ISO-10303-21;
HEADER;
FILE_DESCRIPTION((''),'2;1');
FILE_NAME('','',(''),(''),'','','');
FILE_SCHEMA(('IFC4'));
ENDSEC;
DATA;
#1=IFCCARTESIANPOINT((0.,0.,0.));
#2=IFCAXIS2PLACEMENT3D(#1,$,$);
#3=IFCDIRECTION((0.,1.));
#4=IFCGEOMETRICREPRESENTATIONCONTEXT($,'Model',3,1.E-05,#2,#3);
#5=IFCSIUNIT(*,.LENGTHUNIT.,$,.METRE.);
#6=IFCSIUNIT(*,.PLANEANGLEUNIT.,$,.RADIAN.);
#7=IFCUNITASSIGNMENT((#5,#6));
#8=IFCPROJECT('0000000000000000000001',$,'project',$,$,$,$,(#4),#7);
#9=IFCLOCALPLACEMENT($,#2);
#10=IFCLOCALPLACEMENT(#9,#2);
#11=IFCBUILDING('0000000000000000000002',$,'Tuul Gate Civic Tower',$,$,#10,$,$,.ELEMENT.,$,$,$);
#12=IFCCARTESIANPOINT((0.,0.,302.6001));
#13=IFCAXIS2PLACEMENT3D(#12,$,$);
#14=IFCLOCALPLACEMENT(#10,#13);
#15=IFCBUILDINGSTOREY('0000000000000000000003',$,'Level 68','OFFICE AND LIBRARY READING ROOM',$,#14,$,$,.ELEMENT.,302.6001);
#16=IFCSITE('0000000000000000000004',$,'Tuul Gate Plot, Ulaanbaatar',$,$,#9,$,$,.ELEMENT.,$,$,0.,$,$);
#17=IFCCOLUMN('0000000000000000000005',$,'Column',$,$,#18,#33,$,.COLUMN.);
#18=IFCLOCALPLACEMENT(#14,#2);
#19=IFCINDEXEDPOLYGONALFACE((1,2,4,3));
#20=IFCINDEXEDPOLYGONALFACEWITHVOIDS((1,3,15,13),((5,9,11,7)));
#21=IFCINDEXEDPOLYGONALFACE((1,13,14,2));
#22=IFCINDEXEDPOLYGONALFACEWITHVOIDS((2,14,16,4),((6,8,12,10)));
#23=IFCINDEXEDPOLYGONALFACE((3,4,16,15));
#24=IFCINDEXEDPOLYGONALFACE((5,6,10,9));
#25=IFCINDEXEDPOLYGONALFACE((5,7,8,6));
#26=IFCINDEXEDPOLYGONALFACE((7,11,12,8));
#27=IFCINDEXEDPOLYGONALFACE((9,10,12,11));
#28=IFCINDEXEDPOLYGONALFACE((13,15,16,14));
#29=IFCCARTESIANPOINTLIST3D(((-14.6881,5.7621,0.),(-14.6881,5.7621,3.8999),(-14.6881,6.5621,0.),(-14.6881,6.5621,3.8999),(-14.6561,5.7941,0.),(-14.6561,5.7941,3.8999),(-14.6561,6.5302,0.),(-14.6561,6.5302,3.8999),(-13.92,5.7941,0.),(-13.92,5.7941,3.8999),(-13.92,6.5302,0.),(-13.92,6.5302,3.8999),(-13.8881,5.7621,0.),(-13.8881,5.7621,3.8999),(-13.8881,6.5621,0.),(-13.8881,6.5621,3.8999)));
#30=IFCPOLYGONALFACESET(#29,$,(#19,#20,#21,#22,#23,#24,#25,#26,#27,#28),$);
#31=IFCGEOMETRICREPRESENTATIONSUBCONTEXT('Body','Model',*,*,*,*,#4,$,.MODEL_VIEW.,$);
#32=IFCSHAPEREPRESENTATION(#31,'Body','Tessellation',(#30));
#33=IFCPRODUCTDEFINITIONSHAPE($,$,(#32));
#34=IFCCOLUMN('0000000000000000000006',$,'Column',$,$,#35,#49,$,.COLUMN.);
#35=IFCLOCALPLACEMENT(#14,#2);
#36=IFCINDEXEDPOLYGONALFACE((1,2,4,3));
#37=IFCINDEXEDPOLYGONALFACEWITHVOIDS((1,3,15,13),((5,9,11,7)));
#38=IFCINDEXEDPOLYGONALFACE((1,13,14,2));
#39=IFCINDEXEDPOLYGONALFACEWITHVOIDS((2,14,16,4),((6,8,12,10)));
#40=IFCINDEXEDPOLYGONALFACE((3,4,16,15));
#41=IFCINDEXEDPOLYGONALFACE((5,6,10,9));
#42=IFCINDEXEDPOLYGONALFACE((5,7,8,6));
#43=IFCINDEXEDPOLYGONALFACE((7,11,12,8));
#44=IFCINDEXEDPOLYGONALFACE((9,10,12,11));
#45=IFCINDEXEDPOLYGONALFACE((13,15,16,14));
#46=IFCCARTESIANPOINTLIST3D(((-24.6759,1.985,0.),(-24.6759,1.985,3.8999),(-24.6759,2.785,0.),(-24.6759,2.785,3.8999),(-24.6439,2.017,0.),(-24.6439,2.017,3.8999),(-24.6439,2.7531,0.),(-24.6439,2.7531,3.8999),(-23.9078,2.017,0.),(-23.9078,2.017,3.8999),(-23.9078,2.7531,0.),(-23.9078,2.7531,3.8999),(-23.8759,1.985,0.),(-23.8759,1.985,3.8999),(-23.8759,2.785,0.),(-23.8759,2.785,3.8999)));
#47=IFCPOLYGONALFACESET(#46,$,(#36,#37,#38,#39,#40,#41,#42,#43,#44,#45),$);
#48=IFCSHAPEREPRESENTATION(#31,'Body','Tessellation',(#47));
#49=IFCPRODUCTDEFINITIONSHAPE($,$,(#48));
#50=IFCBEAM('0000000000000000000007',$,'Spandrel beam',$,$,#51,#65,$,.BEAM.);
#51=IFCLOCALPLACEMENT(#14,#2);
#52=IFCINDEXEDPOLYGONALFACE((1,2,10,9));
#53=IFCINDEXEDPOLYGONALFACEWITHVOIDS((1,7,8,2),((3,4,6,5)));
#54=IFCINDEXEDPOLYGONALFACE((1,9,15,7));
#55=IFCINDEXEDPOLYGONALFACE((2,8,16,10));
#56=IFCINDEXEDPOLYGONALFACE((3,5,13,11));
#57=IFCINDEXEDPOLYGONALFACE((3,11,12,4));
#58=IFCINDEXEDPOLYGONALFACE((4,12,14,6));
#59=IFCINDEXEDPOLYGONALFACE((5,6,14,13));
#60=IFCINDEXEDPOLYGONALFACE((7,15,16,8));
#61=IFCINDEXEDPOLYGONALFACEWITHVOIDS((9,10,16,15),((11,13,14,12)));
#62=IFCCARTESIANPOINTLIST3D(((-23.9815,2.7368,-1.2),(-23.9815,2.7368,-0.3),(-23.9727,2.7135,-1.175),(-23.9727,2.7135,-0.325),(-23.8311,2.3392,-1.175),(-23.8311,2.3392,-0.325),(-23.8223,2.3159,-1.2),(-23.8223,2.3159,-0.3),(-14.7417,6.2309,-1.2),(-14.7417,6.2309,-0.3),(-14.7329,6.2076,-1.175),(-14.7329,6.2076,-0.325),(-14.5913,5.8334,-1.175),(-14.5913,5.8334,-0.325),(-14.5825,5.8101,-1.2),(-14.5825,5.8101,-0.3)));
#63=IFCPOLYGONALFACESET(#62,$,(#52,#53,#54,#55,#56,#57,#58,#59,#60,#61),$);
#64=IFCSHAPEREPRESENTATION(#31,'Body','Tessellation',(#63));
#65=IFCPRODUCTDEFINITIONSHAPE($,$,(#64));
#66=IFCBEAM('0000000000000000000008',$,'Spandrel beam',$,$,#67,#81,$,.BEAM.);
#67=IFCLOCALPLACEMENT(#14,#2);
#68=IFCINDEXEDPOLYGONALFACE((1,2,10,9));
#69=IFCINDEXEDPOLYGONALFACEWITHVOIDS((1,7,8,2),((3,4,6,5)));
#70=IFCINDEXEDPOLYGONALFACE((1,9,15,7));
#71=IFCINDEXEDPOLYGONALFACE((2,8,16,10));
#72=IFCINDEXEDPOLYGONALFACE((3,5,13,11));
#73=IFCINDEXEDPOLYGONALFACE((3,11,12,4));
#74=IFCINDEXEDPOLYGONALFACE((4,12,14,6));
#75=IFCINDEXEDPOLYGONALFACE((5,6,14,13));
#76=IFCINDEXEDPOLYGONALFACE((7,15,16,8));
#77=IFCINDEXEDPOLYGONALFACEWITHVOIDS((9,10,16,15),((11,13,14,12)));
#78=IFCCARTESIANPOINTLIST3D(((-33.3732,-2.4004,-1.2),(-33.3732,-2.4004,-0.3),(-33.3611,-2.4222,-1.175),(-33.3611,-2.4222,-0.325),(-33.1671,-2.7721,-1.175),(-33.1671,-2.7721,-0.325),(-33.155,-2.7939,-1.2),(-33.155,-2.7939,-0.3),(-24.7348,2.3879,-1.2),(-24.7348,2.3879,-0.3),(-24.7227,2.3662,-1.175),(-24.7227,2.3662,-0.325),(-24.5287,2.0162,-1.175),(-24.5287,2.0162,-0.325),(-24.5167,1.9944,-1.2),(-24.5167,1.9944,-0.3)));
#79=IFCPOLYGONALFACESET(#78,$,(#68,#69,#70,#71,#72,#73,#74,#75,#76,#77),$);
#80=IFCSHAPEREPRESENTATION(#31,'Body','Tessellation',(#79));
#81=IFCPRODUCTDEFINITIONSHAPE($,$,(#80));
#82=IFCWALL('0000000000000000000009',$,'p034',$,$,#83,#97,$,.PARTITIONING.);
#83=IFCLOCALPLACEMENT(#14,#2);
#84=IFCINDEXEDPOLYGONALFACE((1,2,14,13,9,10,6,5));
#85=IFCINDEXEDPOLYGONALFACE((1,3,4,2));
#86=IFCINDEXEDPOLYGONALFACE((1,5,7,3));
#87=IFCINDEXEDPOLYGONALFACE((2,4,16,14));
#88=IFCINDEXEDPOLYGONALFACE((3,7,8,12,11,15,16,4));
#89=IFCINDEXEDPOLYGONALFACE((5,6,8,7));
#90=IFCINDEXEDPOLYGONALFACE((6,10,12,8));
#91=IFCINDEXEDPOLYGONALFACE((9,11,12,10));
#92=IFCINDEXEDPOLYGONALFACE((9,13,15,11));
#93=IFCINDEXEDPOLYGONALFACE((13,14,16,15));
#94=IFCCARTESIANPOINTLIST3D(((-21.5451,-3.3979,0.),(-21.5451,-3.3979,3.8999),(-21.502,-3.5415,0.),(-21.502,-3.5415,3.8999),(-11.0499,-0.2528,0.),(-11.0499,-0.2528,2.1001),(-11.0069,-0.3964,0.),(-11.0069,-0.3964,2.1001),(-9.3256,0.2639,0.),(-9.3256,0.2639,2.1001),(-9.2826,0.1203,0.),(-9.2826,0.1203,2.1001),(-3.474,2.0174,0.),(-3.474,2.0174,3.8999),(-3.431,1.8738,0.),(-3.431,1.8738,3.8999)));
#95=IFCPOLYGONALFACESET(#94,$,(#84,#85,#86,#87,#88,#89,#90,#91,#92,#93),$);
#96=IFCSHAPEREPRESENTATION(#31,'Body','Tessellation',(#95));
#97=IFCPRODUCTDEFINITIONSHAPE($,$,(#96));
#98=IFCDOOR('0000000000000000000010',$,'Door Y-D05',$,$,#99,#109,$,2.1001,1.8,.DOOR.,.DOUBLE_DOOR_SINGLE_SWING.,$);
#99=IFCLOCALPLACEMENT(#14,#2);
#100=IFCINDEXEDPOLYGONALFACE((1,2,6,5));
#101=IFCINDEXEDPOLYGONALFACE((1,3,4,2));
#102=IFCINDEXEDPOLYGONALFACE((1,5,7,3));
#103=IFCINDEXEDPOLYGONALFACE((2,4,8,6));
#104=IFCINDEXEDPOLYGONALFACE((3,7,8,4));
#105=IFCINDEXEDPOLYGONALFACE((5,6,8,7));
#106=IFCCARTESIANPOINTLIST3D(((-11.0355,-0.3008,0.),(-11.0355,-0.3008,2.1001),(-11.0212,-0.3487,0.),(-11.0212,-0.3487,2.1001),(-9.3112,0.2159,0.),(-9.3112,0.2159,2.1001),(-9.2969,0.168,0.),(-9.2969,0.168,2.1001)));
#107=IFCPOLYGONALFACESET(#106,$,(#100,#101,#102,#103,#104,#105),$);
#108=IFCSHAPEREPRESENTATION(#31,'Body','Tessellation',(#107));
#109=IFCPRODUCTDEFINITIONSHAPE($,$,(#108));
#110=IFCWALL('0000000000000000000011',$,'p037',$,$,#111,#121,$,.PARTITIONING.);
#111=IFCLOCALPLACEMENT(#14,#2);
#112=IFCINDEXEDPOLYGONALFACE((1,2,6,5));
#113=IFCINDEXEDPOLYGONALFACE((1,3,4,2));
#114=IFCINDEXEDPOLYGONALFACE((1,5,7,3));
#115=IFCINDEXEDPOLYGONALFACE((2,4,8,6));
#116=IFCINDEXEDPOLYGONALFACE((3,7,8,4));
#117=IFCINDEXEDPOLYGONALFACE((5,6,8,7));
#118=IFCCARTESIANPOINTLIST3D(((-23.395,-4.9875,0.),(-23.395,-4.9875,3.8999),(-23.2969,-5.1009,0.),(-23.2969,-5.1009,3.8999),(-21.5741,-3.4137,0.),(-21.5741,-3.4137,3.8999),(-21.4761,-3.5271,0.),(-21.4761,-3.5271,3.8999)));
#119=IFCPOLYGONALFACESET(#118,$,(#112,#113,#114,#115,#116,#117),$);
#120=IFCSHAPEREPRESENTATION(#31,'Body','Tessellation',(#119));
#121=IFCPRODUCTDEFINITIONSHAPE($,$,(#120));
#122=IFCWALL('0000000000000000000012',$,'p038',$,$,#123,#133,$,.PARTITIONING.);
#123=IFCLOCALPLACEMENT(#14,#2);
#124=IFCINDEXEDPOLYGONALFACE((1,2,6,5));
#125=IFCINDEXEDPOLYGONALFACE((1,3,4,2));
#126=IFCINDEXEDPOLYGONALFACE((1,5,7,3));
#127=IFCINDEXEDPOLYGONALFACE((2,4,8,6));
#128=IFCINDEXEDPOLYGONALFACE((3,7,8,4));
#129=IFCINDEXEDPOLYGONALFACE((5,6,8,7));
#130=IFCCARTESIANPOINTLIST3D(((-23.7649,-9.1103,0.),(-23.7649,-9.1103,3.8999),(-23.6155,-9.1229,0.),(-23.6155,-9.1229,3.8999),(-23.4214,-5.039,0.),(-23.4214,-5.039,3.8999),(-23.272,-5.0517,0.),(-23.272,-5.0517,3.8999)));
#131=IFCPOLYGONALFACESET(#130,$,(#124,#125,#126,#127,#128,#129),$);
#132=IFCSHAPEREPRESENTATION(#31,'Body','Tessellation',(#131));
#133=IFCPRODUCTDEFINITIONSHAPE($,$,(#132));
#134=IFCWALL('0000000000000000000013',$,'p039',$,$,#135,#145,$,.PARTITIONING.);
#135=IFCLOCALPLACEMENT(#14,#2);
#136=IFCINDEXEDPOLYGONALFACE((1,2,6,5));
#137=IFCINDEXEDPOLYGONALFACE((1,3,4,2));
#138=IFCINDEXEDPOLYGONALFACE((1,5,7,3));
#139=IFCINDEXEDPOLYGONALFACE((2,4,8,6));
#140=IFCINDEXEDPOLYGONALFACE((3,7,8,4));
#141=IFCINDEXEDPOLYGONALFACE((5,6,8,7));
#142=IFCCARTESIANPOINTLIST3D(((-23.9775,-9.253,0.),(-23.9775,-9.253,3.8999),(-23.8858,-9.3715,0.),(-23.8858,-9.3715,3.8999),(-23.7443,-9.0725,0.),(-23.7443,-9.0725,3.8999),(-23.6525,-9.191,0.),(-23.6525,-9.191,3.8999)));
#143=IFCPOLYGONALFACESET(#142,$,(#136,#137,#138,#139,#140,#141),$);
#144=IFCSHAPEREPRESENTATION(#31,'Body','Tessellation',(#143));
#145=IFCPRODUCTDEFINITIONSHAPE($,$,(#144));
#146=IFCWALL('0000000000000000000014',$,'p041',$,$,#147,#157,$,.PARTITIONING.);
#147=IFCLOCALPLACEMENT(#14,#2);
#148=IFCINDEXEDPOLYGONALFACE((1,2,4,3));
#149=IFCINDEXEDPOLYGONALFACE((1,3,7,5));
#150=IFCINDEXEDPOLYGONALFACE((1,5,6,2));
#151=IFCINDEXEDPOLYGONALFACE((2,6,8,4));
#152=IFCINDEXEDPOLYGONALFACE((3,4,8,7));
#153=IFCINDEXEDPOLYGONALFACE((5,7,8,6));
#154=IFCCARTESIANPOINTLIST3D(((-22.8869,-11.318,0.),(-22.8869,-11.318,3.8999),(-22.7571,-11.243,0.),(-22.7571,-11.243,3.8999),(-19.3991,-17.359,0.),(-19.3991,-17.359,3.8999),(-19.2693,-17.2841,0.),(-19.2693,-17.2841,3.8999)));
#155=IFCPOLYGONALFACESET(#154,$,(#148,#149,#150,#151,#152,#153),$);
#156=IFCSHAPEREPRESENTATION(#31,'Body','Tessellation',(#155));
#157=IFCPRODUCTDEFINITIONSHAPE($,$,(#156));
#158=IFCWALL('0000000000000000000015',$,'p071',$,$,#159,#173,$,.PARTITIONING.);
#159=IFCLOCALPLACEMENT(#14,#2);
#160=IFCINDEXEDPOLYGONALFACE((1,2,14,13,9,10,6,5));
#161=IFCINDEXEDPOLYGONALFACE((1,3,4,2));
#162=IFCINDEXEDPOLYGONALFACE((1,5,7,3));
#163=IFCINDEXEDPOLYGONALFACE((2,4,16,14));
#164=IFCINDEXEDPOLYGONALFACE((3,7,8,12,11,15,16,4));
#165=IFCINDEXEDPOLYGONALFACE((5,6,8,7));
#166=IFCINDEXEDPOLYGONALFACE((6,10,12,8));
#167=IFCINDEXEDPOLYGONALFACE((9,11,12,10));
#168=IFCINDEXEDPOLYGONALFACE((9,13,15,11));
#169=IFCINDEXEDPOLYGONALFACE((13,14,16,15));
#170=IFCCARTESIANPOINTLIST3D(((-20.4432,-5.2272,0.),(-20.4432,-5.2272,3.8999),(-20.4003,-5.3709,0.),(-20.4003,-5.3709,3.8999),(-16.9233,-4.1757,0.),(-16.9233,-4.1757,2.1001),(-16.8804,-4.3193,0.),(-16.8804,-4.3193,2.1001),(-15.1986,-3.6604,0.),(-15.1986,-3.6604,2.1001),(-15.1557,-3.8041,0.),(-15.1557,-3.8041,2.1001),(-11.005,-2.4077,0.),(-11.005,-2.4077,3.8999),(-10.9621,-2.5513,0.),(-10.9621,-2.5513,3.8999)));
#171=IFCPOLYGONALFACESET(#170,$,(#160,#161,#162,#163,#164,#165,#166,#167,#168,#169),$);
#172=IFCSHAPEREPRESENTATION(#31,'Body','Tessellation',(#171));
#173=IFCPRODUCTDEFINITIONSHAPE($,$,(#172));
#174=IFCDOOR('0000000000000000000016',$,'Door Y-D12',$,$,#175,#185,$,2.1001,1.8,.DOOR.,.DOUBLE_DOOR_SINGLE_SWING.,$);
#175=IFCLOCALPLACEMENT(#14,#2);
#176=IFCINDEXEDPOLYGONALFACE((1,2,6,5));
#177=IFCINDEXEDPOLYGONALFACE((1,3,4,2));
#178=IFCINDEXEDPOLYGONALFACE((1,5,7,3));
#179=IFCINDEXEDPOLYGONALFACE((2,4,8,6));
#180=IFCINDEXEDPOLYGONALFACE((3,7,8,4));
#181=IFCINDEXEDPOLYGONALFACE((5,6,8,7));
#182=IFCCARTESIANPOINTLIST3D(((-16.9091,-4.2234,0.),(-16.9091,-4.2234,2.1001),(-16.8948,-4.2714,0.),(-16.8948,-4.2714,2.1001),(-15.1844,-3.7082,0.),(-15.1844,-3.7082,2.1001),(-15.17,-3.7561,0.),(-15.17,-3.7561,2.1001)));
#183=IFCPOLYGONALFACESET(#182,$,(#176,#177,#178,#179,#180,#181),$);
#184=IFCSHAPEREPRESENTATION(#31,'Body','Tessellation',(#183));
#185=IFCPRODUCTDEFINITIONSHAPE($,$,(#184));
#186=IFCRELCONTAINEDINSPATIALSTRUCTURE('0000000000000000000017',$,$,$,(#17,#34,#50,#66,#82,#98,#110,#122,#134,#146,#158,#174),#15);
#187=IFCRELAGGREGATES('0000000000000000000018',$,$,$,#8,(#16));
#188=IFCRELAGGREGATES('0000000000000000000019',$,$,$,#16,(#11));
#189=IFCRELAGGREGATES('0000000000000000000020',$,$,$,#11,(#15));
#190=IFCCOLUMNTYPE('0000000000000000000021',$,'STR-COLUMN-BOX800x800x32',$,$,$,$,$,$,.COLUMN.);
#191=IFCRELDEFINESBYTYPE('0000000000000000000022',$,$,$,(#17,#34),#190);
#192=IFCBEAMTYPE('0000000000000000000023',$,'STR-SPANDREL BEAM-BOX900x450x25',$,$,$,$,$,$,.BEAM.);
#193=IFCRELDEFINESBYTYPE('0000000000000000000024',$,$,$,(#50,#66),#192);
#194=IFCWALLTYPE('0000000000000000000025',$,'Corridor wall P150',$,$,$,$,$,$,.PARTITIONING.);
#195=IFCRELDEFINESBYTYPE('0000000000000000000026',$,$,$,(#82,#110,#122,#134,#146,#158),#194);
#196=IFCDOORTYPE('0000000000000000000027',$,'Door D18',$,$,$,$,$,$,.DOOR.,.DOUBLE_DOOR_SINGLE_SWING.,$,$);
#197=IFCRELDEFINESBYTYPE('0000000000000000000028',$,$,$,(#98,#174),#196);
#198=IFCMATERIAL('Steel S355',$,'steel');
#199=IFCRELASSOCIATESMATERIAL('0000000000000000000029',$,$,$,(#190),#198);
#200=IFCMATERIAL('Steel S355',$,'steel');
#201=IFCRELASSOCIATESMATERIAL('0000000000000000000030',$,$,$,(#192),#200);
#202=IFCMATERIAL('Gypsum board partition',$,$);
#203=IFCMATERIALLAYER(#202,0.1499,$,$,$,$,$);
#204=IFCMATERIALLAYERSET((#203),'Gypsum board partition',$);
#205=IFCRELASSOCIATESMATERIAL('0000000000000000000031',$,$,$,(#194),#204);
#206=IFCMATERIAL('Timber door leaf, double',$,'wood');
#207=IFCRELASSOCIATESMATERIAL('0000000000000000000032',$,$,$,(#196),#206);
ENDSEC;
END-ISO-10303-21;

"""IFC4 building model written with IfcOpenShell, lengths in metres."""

from ifc_helpers import new_model, si_unit, direction, frame, frame_2d, origin, origin_2d, place, context, subcontext, project, spatial, rectangle, hollow_rectangle, extrude, material, layer, layer_set, material_profile, profile_set, type_object, element, fill, save


model = new_model("IFC4")

# Units and contexts
model_context = context("Model", 3, precision=1e-05, world=origin(), true_north=direction((0.0, 1.0)))
body_context = subcontext(model_context, "Body", "Model", "MODEL_VIEW")
ifc_project = project(units=[si_unit("LENGTHUNIT", "METRE"), si_unit("PLANEANGLEUNIT", "RADIAN")], contexts=[model_context])

# Site, building, storey
site_placement = place(None, origin())
site = spatial("IfcSite", under=ifc_project, at=site_placement, Name="Tuul Gate Plot, Ulaanbaatar", CompositionType="ELEMENT", RefElevation=0.0)
building_placement = place(site_placement, origin())
building = spatial("IfcBuilding", under=site, at=building_placement, Name="Tuul Gate Civic Tower", CompositionType="ELEMENT")
storey_placement = place(building_placement, frame((0.0, 0.0, 302.6001)))
storey = spatial("IfcBuildingStorey", under=building, at=storey_placement, Name="Level 68", Description="OFFICE AND LIBRARY READING ROOM", CompositionType="ELEMENT", Elevation=302.6001)

# Columns
ifc_material_1 = material(Name="Steel S355", Category="steel")
ifc_material_profile_1 = material_profile(ifc_material_1, hollow_rectangle(XDim=0.8, YDim=0.8, WallThickness=0.032, at=origin_2d()), Name="BOX800x800x32")
ifc_profile_set_1 = profile_set([ifc_material_profile_1], Name="Steel S355")
column_type = type_object("IfcColumnType", Name="STR-COLUMN-BOX800x800x32", PredefinedType="COLUMN", material=ifc_profile_set_1)
for number, where, z_axis, x_axis, name in (
    (1, (-14.2881, 6.1621, 0.0), (0.0, 0.0, 1.0), (1.0, 0.0, 0.0), "Column"),
    (2, (-24.2759, 2.385, 0.0), (0.0, 0.0, 1.0), (1.0, 0.0, 0.0), "Column"),
):
    element("IfcColumn", number, at=place(storey_placement, frame(where, z_axis=z_axis, x_axis=x_axis)), inside=storey, type_object=column_type, Name=name, PredefinedType="COLUMN", context=body_context, shape_type="SweptSolid", body=[
        extrude(hollow_rectangle(XDim=0.8, YDim=0.8, WallThickness=0.032, at=origin_2d()), origin(), (0.0, 0.0, 1.0), 3.8999),
    ])

# Beams
ifc_material_2 = material(Name="Steel S355", Category="steel")
ifc_material_profile_2 = material_profile(ifc_material_2, hollow_rectangle(XDim=0.45, YDim=0.8999, WallThickness=0.0249, at=origin_2d()), Name="BOX900x450x25")
ifc_profile_set_2 = profile_set([ifc_material_profile_2], Name="Steel S355")
beam_type = type_object("IfcBeamType", Name="STR-SPANDREL BEAM-BOX900x450x25", PredefinedType="BEAM", material=ifc_profile_set_2)
beam_1_placement = place(storey_placement, frame((-14.6621, 6.0205, -0.75), z_axis=(-0.935353, -0.353717, 0.0), x_axis=(0.353717, -0.935353, 0.0)))
element("IfcBeam", 3, at=beam_1_placement, inside=storey, type_object=beam_type, Name="Spandrel beam", PredefinedType="BEAM", context=body_context, shape_type="SweptSolid", body=[
    extrude(hollow_rectangle(XDim=0.45, YDim=0.8999, WallThickness=0.0249, at=origin_2d()), origin(), (0.0, 0.0, 1.0), 9.8784),
])
beam_2_placement = place(storey_placement, frame((-24.6257, 2.1912, -0.75), z_axis=(-0.874621, -0.484807, 0.0), x_axis=(0.484807, -0.874621, 0.0)))
element("IfcBeam", 4, at=beam_2_placement, inside=storey, type_object=beam_type, Name="Spandrel beam", PredefinedType="BEAM", context=body_context, shape_type="SweptSolid", body=[
    extrude(hollow_rectangle(XDim=0.45, YDim=0.8999, WallThickness=0.0249, at=origin_2d()), origin(), (0.0, 0.0, 1.0), 9.8767),
])

# Wall, opening, door
ifc_material_3 = material(Name="Gypsum board partition")
ifc_layer_1 = layer(ifc_material_3, 0.1499)
ifc_layer_set_1 = layer_set([ifc_layer_1], Name="Gypsum board partition")
wall_type_1 = type_object("IfcWallType", Name="Corridor wall P150", PredefinedType="PARTITIONING", material=ifc_layer_set_1)
wall_1_placement = place(storey_placement, frame((-21.5237, -3.4697, 0.0), z_axis=(0.0, 0.0, 1.0), x_axis=(0.957914, 0.287055, 0.0)))
wall_1 = element("IfcWall", 5, at=wall_1_placement, inside=storey, type_object=wall_type_1, Name="p034", PredefinedType="PARTITIONING", context=body_context, shape_type="SweptSolid", body=[
    extrude(rectangle(XDim=18.865, YDim=0.1499, at=frame_2d((9.4326, 0.0))), origin(), (0.0, 0.0, 1.0), 3.8999),
])
opening_1_placement = place(wall_1_placement, frame((10.9565, 0.0, 0.0)))
opening_1 = element("IfcOpeningElement", 6, at=opening_1_placement, cuts=wall_1, PredefinedType="OPENING", context=body_context, shape_type="SweptSolid", body=[
    extrude(rectangle(XDim=1.8, YDim=2.1001, at=frame_2d((0.8999, 1.05))), frame((0.0, 0.085, 0.0), z_axis=(0.0, -1.0, 0.0), x_axis=(1.0, 0.0, 0.0)), (0.0, 0.0, 1.0), 0.1699),
])
ifc_material_4 = material(Name="Timber door leaf, double", Category="wood")
door_type = type_object("IfcDoorType", Name="Door D18", OperationType="DOUBLE_DOOR_SINGLE_SWING", PredefinedType="DOOR", material=ifc_material_4)
door_1_placement = place(opening_1_placement, origin())
door_1 = element("IfcDoor", 7, at=door_1_placement, inside=storey, type_object=door_type, Name="Door Y-D05", OperationType="DOUBLE_DOOR_SINGLE_SWING", OverallHeight=2.1001, OverallWidth=1.8, PredefinedType="DOOR", context=body_context, shape_type="SweptSolid", body=[
    extrude(rectangle(XDim=1.8, YDim=2.1001, at=frame_2d((0.8999, 1.05))), frame((0.0, 0.0249, 0.0), z_axis=(0.0, -1.0, 0.0), x_axis=(1.0, 0.0, 0.0)), (0.0, 0.0, 1.0), 0.05),
])
fill(opening_1, door_1)

# Walls
wall_2_placement = place(storey_placement, frame((-23.3459, -5.0442, 0.0), z_axis=(0.0, 0.0, 1.0), x_axis=(0.756572, 0.65391, 0.0)))
element("IfcWall", 8, at=wall_2_placement, inside=storey, type_object=wall_type_1, Name="p037", PredefinedType="PARTITIONING", context=body_context, shape_type="SweptSolid", body=[
    extrude(rectangle(XDim=2.4067, YDim=0.1499, at=frame_2d((1.2034, 0.0))), origin(), (0.0, 0.0, 1.0), 3.8999),
])
wall_3_placement = place(storey_placement, frame((-23.6902, -9.1167, 0.0), z_axis=(0.0, 0.0, 1.0), x_axis=(0.084074, 0.99646, 0.0)))
element("IfcWall", 9, at=wall_3_placement, inside=storey, type_object=wall_type_1, Name="p038", PredefinedType="PARTITIONING", context=body_context, shape_type="SweptSolid", body=[
    extrude(rectangle(XDim=4.0857, YDim=0.1499, at=frame_2d((2.043, 0.0))), origin(), (0.0, 0.0, 1.0), 3.8999),
])
wall_4_placement = place(storey_placement, frame((-23.9316, -9.3123, 0.0), z_axis=(0.0, 0.0, 1.0), x_axis=(0.790866, 0.611989, 0.0)))
element("IfcWall", 10, at=wall_4_placement, inside=storey, type_object=wall_type_1, Name="p039", PredefinedType="PARTITIONING", context=body_context, shape_type="SweptSolid", body=[
    extrude(rectangle(XDim=0.2949, YDim=0.1499, at=frame_2d((0.1475, 0.0))), origin(), (0.0, 0.0, 1.0), 3.8999),
])
wall_5_placement = place(storey_placement, frame((-22.822, -11.2805, 0.0), z_axis=(0.0, 0.0, 1.0), x_axis=(0.500001, -0.866025, 0.0)))
element("IfcWall", 11, at=wall_5_placement, inside=storey, type_object=wall_type_1, Name="p041", PredefinedType="PARTITIONING", context=body_context, shape_type="SweptSolid", body=[
    extrude(rectangle(XDim=6.9756, YDim=0.1499, at=frame_2d((3.4878, 0.0))), origin(), (0.0, 0.0, 1.0), 3.8999),
])

# Wall, opening, door
wall_6_placement = place(storey_placement, frame((-20.4219, -5.2991, 0.0), z_axis=(0.0, 0.0, 1.0), x_axis=(0.958158, 0.28624, 0.0)))
wall_6 = element("IfcWall", 12, at=wall_6_placement, inside=storey, type_object=wall_type_1, Name="p071", PredefinedType="PARTITIONING", context=body_context, shape_type="SweptSolid", body=[
    extrude(rectangle(XDim=9.8503, YDim=0.1499, at=frame_2d((4.9253, 0.0))), origin(), (0.0, 0.0, 1.0), 3.8999),
])
opening_2_placement = place(wall_6_placement, frame((3.6738, 0.0, 0.0)))
opening_2 = element("IfcOpeningElement", 13, at=opening_2_placement, cuts=wall_6, PredefinedType="OPENING", context=body_context, shape_type="SweptSolid", body=[
    extrude(rectangle(XDim=1.8, YDim=2.1001, at=frame_2d((0.8999, 1.05))), frame((0.0, 0.085, 0.0), z_axis=(0.0, -1.0, 0.0), x_axis=(1.0, 0.0, 0.0)), (0.0, 0.0, 1.0), 0.1699),
])
door_2_placement = place(opening_2_placement, frame((1.8, 0.0, 0.0), z_axis=(0.0, 0.0, 1.0), x_axis=(-1.0, 0.0, 0.0)))
door_2 = element("IfcDoor", 14, at=door_2_placement, inside=storey, type_object=door_type, Name="Door Y-D12", OperationType="DOUBLE_DOOR_SINGLE_SWING", OverallHeight=2.1001, OverallWidth=1.8, PredefinedType="DOOR", context=body_context, shape_type="SweptSolid", body=[
    extrude(rectangle(XDim=1.8, YDim=2.1001, at=frame_2d((0.9001, 1.05))), frame((0.0, 0.0249, 0.0), z_axis=(0.0, -1.0, 0.0), x_axis=(1.0, 0.0, 0.0)), (0.0, 0.0, 1.0), 0.05),
])
fill(opening_2, door_2)

save(model, "model.ifc")
